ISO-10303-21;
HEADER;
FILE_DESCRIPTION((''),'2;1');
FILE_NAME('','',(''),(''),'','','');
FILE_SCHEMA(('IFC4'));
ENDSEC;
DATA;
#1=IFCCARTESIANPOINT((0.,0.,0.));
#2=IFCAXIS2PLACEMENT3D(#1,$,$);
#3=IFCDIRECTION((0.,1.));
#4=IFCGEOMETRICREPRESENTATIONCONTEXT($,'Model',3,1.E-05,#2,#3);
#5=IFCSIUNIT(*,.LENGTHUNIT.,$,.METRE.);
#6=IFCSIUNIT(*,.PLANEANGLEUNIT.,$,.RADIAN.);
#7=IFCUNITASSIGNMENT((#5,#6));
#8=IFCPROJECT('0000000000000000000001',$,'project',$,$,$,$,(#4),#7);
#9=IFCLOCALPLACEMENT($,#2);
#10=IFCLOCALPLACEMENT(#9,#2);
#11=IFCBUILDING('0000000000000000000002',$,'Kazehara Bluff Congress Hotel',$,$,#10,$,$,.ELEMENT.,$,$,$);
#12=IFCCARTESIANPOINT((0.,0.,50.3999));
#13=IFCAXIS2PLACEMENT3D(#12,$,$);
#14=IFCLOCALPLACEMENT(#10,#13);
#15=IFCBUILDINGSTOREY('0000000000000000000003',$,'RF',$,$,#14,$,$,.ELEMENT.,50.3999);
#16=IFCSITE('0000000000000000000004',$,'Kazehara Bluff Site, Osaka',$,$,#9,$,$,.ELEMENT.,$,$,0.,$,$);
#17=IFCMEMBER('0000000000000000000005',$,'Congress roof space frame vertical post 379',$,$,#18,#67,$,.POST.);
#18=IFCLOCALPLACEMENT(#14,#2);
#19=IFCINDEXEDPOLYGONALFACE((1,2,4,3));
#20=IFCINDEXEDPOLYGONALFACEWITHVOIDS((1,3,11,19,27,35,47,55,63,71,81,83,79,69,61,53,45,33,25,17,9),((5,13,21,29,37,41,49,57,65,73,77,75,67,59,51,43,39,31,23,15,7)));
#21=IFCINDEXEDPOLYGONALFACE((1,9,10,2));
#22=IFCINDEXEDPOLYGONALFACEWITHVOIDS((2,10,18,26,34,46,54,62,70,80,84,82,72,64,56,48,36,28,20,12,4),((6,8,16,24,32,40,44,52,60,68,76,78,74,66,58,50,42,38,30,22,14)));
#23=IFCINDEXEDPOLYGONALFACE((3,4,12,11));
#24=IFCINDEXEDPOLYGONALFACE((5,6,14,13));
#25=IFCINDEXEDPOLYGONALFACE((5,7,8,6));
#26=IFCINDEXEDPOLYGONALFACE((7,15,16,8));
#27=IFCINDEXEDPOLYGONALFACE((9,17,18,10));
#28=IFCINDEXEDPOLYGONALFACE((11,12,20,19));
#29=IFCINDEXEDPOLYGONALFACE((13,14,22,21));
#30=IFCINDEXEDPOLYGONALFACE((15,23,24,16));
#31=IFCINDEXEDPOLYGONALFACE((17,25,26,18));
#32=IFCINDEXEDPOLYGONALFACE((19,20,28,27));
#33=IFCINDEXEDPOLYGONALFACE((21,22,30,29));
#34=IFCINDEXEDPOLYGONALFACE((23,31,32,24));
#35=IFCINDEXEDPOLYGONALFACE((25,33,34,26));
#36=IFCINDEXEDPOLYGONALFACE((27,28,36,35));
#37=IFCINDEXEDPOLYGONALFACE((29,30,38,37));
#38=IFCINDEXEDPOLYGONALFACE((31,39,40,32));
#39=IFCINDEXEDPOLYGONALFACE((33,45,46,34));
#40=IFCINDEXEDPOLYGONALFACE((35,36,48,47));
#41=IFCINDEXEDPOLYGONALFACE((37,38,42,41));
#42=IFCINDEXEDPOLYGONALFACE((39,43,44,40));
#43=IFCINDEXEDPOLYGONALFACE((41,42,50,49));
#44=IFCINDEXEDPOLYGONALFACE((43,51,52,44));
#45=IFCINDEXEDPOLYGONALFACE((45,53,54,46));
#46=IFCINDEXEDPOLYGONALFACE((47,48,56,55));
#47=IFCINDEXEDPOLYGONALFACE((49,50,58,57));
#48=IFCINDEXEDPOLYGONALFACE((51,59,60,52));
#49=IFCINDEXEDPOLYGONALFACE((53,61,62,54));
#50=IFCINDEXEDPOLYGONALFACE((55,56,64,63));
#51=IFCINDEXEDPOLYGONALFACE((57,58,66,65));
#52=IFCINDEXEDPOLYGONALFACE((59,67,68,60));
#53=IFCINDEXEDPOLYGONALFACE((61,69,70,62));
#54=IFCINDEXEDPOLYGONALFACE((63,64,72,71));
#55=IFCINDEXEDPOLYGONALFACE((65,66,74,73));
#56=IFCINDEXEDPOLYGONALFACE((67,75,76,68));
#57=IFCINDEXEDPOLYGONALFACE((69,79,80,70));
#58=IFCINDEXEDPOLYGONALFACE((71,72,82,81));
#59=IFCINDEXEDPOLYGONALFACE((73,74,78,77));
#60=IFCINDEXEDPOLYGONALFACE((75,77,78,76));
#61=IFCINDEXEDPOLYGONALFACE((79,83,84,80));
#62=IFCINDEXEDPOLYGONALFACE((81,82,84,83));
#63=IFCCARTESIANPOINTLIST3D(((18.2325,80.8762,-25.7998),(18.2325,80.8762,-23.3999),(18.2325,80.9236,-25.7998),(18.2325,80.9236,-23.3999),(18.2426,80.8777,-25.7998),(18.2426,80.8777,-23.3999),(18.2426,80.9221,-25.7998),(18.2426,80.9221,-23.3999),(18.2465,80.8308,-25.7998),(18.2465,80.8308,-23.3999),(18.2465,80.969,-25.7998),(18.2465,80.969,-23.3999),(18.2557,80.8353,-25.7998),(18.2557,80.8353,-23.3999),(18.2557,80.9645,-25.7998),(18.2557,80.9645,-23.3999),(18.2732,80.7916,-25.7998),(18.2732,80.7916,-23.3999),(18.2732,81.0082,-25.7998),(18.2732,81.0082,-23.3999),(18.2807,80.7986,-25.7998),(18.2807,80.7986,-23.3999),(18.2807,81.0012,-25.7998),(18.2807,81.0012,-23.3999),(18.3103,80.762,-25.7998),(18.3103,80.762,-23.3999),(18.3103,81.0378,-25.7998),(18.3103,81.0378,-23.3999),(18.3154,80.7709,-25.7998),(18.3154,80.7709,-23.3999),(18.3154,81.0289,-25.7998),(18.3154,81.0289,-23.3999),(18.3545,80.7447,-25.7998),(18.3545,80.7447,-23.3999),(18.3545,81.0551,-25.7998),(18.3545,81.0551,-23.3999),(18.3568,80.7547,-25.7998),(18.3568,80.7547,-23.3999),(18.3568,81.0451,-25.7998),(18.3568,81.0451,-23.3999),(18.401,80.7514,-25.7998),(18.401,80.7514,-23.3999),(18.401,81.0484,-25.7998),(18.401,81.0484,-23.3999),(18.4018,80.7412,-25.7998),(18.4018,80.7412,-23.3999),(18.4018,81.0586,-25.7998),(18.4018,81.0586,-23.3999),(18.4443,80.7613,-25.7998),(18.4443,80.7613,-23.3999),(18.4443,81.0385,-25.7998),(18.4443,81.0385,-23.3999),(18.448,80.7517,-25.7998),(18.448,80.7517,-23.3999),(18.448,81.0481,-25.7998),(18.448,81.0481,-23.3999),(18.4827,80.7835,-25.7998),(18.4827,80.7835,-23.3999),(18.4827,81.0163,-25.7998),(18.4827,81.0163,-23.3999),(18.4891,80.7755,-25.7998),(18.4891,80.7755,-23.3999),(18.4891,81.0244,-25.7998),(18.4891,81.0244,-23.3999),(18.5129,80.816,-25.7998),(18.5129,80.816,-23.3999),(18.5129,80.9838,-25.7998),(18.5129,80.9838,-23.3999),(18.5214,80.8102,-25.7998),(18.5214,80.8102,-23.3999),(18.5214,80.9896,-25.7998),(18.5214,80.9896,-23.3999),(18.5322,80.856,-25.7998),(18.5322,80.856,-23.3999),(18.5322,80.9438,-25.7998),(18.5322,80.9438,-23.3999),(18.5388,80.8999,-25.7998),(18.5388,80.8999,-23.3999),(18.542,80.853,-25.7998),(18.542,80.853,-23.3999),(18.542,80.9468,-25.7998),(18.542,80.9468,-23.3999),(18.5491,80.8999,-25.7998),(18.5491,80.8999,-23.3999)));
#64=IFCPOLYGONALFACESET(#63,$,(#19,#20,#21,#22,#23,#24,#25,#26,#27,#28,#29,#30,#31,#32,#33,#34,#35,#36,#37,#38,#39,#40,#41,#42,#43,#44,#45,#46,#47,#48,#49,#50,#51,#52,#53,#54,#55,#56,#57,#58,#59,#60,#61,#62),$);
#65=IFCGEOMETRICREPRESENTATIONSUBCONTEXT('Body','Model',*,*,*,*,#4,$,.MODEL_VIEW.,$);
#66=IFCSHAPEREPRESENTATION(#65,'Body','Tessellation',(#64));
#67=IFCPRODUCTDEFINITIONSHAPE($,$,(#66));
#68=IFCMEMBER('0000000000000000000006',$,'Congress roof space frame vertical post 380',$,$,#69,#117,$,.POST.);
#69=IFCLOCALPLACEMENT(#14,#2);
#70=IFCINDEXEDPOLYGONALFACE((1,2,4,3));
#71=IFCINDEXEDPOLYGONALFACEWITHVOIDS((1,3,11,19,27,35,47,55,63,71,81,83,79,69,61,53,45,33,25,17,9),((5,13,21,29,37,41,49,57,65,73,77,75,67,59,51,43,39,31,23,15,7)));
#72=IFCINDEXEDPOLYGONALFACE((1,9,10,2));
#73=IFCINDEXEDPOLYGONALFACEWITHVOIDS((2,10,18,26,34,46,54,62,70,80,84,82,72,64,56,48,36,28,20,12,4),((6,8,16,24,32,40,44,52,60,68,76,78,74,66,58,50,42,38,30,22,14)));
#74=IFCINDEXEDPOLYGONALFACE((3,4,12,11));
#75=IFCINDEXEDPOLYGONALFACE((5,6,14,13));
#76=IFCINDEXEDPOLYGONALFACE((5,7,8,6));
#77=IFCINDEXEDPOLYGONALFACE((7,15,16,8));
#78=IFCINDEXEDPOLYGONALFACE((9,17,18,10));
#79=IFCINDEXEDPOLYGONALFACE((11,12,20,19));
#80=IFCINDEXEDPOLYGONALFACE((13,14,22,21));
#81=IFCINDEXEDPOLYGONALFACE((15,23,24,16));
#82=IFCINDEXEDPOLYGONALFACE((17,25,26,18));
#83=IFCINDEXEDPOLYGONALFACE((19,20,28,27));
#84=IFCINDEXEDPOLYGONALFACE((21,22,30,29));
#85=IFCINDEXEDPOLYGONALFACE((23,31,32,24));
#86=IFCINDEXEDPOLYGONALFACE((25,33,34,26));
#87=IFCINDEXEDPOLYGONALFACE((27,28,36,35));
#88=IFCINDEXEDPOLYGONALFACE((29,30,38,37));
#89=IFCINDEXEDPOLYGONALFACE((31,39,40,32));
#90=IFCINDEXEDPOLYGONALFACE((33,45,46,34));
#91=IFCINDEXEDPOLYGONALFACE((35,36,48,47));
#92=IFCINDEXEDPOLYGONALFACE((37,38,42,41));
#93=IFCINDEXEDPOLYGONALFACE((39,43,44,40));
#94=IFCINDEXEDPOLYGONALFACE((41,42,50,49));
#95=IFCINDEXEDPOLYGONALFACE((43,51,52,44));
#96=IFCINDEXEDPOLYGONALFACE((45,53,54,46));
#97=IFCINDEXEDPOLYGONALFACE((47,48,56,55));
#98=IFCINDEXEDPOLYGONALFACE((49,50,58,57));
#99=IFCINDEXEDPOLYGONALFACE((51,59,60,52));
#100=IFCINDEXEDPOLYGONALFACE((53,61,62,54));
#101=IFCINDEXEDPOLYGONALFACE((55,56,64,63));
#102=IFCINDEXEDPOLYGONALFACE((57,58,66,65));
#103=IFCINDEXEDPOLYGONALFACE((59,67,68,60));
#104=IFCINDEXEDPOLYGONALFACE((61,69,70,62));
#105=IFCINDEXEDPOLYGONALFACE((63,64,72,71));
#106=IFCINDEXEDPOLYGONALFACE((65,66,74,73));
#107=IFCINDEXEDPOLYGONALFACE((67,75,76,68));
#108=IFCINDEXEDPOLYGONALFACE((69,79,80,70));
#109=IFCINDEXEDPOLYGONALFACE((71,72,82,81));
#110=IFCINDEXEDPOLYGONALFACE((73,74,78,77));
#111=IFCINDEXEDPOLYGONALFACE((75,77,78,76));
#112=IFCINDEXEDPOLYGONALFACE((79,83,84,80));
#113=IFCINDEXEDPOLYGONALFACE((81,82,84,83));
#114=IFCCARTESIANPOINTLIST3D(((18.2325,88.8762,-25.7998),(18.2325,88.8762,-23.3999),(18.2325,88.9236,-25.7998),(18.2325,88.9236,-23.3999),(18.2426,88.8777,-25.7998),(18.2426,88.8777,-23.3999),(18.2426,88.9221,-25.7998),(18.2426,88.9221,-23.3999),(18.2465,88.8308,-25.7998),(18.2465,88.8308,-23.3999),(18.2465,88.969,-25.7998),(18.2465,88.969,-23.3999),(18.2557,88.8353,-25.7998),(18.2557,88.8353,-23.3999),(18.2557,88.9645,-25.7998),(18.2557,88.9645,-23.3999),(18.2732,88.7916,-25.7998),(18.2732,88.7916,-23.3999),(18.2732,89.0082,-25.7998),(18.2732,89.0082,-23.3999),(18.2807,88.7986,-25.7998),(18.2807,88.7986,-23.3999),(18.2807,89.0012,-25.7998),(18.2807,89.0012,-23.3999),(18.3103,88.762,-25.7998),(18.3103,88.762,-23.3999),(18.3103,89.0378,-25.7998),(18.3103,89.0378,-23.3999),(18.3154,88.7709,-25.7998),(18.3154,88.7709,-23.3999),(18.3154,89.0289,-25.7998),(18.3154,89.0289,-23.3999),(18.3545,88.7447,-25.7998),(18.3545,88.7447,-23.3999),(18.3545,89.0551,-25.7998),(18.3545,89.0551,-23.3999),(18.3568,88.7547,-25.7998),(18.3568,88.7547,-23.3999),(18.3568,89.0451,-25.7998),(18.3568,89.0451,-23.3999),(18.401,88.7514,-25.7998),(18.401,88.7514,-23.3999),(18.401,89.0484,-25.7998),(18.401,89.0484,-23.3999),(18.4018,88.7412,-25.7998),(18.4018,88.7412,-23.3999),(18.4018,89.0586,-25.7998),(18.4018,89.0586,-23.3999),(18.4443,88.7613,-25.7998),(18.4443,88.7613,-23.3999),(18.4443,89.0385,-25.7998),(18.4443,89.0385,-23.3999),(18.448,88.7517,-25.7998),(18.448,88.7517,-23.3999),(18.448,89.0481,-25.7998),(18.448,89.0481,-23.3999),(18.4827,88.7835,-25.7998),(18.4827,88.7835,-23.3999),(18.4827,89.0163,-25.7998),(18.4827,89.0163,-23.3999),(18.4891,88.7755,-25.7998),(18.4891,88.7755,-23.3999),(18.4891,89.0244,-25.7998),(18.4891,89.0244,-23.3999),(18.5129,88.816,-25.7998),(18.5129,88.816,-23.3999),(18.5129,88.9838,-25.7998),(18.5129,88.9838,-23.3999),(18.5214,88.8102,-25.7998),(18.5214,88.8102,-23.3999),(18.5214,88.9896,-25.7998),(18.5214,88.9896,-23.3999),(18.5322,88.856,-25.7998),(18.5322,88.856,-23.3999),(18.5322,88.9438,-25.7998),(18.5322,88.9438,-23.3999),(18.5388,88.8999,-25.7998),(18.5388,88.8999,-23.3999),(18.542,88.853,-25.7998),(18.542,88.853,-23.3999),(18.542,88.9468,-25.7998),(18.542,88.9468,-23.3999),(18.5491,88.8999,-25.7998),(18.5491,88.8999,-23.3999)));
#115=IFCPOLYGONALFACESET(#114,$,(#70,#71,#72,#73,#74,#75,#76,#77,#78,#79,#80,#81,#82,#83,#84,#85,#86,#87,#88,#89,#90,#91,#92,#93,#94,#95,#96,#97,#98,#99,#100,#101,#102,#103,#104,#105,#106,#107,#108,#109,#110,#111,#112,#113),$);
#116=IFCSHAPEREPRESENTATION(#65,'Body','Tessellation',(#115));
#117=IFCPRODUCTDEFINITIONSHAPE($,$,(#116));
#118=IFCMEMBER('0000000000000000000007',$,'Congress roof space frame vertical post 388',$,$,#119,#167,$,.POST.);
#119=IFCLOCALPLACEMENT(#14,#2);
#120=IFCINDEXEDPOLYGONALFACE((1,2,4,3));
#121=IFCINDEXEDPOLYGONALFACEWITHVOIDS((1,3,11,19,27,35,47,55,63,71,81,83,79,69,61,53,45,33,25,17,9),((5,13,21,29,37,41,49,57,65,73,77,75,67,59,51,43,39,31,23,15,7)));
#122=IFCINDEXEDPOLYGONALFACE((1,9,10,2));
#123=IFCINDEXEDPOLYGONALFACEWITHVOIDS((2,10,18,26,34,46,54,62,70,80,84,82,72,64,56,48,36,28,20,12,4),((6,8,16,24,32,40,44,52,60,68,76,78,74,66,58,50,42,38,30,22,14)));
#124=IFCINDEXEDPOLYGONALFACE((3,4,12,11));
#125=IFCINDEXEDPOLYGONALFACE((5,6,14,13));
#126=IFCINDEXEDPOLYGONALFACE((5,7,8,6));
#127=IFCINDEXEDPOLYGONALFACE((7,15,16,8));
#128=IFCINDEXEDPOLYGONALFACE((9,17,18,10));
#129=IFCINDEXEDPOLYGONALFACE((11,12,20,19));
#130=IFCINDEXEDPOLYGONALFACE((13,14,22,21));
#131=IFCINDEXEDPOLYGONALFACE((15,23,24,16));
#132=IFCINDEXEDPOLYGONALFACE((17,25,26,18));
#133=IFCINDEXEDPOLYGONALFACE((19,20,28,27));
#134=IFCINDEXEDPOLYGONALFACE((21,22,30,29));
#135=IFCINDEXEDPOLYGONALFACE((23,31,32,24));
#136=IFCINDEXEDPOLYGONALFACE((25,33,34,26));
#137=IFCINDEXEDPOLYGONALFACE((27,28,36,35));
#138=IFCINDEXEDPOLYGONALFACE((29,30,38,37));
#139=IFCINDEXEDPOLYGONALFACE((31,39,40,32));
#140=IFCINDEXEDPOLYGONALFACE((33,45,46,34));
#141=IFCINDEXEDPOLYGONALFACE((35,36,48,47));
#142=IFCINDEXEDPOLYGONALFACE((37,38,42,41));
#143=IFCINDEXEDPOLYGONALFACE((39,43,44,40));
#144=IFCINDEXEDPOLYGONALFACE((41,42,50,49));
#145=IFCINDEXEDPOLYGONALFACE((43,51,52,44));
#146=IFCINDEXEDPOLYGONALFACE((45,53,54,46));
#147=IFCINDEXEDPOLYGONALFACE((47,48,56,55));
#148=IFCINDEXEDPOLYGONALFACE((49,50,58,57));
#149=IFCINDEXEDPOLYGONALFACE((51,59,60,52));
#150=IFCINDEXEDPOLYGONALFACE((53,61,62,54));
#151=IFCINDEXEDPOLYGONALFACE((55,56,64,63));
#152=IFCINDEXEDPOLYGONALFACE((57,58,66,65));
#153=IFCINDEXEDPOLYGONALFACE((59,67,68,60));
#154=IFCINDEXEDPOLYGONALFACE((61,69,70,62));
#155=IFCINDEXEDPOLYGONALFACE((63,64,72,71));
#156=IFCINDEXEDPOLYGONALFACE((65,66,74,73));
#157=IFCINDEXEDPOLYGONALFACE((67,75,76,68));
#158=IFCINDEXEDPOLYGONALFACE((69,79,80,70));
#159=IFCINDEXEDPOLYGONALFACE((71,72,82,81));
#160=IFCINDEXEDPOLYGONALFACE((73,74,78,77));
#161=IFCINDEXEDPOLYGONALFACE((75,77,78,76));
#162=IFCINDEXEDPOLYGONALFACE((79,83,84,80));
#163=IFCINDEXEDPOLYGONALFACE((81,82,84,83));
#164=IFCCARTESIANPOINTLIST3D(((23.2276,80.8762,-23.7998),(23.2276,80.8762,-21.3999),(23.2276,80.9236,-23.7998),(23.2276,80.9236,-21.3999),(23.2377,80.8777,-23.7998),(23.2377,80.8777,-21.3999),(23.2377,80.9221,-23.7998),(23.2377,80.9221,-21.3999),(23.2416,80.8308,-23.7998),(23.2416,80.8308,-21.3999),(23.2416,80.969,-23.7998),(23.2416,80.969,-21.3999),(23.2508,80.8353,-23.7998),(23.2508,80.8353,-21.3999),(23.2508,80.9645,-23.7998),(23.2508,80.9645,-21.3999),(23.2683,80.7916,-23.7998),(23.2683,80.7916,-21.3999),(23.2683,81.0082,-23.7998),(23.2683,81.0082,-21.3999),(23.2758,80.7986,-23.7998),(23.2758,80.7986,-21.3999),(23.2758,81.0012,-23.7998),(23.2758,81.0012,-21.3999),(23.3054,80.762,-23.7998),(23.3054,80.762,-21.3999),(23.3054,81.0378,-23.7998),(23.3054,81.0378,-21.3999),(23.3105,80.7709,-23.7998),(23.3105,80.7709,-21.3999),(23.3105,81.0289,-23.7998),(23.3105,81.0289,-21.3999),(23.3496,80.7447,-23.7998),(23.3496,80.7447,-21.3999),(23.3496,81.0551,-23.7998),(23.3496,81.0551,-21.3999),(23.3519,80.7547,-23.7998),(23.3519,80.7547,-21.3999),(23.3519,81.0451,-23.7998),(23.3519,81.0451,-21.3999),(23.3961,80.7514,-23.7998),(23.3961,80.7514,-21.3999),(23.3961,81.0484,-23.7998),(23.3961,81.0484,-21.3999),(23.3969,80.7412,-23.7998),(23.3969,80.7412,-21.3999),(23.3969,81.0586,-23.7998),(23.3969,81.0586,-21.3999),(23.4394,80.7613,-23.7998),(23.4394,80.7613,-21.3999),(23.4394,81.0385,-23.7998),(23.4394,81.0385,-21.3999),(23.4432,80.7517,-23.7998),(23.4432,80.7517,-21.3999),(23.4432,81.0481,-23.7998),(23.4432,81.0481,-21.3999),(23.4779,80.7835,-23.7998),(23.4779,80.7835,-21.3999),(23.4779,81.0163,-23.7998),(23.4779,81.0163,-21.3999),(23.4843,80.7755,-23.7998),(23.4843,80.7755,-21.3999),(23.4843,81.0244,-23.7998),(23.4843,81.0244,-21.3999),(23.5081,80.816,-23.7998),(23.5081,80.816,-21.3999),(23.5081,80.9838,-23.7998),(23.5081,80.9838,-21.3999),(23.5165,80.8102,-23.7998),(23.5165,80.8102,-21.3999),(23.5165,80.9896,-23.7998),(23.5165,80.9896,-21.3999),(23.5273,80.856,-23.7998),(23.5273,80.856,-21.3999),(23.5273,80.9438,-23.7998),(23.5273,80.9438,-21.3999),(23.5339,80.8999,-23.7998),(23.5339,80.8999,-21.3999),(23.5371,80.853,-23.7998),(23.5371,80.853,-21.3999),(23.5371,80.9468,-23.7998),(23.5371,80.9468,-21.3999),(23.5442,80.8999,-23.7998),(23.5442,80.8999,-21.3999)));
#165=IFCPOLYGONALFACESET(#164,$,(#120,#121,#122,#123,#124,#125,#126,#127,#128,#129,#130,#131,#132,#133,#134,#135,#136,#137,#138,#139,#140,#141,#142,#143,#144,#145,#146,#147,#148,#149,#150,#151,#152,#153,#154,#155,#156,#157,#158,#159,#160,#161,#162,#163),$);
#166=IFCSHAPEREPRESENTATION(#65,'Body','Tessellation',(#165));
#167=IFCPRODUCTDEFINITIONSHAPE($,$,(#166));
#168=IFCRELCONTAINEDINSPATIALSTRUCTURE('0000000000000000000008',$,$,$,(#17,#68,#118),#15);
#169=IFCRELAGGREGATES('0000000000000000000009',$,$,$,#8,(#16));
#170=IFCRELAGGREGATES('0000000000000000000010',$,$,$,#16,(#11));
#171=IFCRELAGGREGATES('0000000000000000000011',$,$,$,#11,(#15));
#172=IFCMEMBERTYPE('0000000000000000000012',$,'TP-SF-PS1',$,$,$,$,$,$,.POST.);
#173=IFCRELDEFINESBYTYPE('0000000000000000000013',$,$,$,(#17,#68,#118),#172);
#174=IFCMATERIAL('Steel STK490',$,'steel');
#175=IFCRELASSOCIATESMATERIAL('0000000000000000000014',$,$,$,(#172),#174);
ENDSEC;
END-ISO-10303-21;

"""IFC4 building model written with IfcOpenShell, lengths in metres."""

from ifc_helpers import new_model, si_unit, direction, frame, origin, origin_2d, place, context, subcontext, project, spatial, hollow_circle, extrude, material, material_profile, profile_set, type_object, element, save


model = new_model("IFC4")

# Units and contexts
model_context = context("Model", 3, precision=1e-05, world=origin(), true_north=direction((0.0, 1.0)))
body_context = subcontext(model_context, "Body", "Model", "MODEL_VIEW")
ifc_project = project(units=[si_unit("LENGTHUNIT", "METRE"), si_unit("PLANEANGLEUNIT", "RADIAN")], contexts=[model_context])

# Site, building, storey
site_placement = place(None, origin())
site = spatial("IfcSite", under=ifc_project, at=site_placement, Name="Kazehara Bluff Site, Osaka", CompositionType="ELEMENT", RefElevation=0.0)
building_placement = place(site_placement, origin())
building = spatial("IfcBuilding", under=site, at=building_placement, Name="Kazehara Bluff Congress Hotel", CompositionType="ELEMENT")
storey_placement = place(building_placement, frame((0.0, 0.0, 50.3999)))
storey = spatial("IfcBuildingStorey", under=building, at=storey_placement, Name="RF", CompositionType="ELEMENT", Elevation=50.3999)

# Members
ifc_material_1 = material(Name="Steel STK490", Category="steel")
ifc_material_profile_1 = material_profile(ifc_material_1, hollow_circle(Radius=0.1592, WallThickness=0.0103, at=origin_2d()))
ifc_profile_set_1 = profile_set([ifc_material_profile_1], Name="Steel STK490")
member_type_1 = type_object("IfcMemberType", Name="TP-SF-PS1", PredefinedType="POST", material=ifc_profile_set_1)
for number, where, z_axis, x_axis, name in (
    (1, (18.3899, 80.8999, -25.7998), (0.0, 0.0, 1.0), (1.0, 0.0, 0.0), "Congress roof space frame vertical post 379"),
    (2, (18.3899, 88.8999, -25.7998), (0.0, 0.0, 1.0), (1.0, 0.0, 0.0), "Congress roof space frame vertical post 380"),
    (3, (23.385, 80.8999, -23.7998), (0.0, 0.0, 1.0), (1.0, 0.0, 0.0), "Congress roof space frame vertical post 388"),
):
    element("IfcMember", number, at=place(storey_placement, frame(where, z_axis=z_axis, x_axis=x_axis)), inside=storey, type_object=member_type_1, Name=name, PredefinedType="POST", context=body_context, shape_type="SweptSolid", body=[
        extrude(hollow_circle(Radius=0.1592, WallThickness=0.0103, at=origin_2d()), origin(), (0.0, 0.0, 1.0), 2.3999),
    ])

save(model, "model.ifc")
